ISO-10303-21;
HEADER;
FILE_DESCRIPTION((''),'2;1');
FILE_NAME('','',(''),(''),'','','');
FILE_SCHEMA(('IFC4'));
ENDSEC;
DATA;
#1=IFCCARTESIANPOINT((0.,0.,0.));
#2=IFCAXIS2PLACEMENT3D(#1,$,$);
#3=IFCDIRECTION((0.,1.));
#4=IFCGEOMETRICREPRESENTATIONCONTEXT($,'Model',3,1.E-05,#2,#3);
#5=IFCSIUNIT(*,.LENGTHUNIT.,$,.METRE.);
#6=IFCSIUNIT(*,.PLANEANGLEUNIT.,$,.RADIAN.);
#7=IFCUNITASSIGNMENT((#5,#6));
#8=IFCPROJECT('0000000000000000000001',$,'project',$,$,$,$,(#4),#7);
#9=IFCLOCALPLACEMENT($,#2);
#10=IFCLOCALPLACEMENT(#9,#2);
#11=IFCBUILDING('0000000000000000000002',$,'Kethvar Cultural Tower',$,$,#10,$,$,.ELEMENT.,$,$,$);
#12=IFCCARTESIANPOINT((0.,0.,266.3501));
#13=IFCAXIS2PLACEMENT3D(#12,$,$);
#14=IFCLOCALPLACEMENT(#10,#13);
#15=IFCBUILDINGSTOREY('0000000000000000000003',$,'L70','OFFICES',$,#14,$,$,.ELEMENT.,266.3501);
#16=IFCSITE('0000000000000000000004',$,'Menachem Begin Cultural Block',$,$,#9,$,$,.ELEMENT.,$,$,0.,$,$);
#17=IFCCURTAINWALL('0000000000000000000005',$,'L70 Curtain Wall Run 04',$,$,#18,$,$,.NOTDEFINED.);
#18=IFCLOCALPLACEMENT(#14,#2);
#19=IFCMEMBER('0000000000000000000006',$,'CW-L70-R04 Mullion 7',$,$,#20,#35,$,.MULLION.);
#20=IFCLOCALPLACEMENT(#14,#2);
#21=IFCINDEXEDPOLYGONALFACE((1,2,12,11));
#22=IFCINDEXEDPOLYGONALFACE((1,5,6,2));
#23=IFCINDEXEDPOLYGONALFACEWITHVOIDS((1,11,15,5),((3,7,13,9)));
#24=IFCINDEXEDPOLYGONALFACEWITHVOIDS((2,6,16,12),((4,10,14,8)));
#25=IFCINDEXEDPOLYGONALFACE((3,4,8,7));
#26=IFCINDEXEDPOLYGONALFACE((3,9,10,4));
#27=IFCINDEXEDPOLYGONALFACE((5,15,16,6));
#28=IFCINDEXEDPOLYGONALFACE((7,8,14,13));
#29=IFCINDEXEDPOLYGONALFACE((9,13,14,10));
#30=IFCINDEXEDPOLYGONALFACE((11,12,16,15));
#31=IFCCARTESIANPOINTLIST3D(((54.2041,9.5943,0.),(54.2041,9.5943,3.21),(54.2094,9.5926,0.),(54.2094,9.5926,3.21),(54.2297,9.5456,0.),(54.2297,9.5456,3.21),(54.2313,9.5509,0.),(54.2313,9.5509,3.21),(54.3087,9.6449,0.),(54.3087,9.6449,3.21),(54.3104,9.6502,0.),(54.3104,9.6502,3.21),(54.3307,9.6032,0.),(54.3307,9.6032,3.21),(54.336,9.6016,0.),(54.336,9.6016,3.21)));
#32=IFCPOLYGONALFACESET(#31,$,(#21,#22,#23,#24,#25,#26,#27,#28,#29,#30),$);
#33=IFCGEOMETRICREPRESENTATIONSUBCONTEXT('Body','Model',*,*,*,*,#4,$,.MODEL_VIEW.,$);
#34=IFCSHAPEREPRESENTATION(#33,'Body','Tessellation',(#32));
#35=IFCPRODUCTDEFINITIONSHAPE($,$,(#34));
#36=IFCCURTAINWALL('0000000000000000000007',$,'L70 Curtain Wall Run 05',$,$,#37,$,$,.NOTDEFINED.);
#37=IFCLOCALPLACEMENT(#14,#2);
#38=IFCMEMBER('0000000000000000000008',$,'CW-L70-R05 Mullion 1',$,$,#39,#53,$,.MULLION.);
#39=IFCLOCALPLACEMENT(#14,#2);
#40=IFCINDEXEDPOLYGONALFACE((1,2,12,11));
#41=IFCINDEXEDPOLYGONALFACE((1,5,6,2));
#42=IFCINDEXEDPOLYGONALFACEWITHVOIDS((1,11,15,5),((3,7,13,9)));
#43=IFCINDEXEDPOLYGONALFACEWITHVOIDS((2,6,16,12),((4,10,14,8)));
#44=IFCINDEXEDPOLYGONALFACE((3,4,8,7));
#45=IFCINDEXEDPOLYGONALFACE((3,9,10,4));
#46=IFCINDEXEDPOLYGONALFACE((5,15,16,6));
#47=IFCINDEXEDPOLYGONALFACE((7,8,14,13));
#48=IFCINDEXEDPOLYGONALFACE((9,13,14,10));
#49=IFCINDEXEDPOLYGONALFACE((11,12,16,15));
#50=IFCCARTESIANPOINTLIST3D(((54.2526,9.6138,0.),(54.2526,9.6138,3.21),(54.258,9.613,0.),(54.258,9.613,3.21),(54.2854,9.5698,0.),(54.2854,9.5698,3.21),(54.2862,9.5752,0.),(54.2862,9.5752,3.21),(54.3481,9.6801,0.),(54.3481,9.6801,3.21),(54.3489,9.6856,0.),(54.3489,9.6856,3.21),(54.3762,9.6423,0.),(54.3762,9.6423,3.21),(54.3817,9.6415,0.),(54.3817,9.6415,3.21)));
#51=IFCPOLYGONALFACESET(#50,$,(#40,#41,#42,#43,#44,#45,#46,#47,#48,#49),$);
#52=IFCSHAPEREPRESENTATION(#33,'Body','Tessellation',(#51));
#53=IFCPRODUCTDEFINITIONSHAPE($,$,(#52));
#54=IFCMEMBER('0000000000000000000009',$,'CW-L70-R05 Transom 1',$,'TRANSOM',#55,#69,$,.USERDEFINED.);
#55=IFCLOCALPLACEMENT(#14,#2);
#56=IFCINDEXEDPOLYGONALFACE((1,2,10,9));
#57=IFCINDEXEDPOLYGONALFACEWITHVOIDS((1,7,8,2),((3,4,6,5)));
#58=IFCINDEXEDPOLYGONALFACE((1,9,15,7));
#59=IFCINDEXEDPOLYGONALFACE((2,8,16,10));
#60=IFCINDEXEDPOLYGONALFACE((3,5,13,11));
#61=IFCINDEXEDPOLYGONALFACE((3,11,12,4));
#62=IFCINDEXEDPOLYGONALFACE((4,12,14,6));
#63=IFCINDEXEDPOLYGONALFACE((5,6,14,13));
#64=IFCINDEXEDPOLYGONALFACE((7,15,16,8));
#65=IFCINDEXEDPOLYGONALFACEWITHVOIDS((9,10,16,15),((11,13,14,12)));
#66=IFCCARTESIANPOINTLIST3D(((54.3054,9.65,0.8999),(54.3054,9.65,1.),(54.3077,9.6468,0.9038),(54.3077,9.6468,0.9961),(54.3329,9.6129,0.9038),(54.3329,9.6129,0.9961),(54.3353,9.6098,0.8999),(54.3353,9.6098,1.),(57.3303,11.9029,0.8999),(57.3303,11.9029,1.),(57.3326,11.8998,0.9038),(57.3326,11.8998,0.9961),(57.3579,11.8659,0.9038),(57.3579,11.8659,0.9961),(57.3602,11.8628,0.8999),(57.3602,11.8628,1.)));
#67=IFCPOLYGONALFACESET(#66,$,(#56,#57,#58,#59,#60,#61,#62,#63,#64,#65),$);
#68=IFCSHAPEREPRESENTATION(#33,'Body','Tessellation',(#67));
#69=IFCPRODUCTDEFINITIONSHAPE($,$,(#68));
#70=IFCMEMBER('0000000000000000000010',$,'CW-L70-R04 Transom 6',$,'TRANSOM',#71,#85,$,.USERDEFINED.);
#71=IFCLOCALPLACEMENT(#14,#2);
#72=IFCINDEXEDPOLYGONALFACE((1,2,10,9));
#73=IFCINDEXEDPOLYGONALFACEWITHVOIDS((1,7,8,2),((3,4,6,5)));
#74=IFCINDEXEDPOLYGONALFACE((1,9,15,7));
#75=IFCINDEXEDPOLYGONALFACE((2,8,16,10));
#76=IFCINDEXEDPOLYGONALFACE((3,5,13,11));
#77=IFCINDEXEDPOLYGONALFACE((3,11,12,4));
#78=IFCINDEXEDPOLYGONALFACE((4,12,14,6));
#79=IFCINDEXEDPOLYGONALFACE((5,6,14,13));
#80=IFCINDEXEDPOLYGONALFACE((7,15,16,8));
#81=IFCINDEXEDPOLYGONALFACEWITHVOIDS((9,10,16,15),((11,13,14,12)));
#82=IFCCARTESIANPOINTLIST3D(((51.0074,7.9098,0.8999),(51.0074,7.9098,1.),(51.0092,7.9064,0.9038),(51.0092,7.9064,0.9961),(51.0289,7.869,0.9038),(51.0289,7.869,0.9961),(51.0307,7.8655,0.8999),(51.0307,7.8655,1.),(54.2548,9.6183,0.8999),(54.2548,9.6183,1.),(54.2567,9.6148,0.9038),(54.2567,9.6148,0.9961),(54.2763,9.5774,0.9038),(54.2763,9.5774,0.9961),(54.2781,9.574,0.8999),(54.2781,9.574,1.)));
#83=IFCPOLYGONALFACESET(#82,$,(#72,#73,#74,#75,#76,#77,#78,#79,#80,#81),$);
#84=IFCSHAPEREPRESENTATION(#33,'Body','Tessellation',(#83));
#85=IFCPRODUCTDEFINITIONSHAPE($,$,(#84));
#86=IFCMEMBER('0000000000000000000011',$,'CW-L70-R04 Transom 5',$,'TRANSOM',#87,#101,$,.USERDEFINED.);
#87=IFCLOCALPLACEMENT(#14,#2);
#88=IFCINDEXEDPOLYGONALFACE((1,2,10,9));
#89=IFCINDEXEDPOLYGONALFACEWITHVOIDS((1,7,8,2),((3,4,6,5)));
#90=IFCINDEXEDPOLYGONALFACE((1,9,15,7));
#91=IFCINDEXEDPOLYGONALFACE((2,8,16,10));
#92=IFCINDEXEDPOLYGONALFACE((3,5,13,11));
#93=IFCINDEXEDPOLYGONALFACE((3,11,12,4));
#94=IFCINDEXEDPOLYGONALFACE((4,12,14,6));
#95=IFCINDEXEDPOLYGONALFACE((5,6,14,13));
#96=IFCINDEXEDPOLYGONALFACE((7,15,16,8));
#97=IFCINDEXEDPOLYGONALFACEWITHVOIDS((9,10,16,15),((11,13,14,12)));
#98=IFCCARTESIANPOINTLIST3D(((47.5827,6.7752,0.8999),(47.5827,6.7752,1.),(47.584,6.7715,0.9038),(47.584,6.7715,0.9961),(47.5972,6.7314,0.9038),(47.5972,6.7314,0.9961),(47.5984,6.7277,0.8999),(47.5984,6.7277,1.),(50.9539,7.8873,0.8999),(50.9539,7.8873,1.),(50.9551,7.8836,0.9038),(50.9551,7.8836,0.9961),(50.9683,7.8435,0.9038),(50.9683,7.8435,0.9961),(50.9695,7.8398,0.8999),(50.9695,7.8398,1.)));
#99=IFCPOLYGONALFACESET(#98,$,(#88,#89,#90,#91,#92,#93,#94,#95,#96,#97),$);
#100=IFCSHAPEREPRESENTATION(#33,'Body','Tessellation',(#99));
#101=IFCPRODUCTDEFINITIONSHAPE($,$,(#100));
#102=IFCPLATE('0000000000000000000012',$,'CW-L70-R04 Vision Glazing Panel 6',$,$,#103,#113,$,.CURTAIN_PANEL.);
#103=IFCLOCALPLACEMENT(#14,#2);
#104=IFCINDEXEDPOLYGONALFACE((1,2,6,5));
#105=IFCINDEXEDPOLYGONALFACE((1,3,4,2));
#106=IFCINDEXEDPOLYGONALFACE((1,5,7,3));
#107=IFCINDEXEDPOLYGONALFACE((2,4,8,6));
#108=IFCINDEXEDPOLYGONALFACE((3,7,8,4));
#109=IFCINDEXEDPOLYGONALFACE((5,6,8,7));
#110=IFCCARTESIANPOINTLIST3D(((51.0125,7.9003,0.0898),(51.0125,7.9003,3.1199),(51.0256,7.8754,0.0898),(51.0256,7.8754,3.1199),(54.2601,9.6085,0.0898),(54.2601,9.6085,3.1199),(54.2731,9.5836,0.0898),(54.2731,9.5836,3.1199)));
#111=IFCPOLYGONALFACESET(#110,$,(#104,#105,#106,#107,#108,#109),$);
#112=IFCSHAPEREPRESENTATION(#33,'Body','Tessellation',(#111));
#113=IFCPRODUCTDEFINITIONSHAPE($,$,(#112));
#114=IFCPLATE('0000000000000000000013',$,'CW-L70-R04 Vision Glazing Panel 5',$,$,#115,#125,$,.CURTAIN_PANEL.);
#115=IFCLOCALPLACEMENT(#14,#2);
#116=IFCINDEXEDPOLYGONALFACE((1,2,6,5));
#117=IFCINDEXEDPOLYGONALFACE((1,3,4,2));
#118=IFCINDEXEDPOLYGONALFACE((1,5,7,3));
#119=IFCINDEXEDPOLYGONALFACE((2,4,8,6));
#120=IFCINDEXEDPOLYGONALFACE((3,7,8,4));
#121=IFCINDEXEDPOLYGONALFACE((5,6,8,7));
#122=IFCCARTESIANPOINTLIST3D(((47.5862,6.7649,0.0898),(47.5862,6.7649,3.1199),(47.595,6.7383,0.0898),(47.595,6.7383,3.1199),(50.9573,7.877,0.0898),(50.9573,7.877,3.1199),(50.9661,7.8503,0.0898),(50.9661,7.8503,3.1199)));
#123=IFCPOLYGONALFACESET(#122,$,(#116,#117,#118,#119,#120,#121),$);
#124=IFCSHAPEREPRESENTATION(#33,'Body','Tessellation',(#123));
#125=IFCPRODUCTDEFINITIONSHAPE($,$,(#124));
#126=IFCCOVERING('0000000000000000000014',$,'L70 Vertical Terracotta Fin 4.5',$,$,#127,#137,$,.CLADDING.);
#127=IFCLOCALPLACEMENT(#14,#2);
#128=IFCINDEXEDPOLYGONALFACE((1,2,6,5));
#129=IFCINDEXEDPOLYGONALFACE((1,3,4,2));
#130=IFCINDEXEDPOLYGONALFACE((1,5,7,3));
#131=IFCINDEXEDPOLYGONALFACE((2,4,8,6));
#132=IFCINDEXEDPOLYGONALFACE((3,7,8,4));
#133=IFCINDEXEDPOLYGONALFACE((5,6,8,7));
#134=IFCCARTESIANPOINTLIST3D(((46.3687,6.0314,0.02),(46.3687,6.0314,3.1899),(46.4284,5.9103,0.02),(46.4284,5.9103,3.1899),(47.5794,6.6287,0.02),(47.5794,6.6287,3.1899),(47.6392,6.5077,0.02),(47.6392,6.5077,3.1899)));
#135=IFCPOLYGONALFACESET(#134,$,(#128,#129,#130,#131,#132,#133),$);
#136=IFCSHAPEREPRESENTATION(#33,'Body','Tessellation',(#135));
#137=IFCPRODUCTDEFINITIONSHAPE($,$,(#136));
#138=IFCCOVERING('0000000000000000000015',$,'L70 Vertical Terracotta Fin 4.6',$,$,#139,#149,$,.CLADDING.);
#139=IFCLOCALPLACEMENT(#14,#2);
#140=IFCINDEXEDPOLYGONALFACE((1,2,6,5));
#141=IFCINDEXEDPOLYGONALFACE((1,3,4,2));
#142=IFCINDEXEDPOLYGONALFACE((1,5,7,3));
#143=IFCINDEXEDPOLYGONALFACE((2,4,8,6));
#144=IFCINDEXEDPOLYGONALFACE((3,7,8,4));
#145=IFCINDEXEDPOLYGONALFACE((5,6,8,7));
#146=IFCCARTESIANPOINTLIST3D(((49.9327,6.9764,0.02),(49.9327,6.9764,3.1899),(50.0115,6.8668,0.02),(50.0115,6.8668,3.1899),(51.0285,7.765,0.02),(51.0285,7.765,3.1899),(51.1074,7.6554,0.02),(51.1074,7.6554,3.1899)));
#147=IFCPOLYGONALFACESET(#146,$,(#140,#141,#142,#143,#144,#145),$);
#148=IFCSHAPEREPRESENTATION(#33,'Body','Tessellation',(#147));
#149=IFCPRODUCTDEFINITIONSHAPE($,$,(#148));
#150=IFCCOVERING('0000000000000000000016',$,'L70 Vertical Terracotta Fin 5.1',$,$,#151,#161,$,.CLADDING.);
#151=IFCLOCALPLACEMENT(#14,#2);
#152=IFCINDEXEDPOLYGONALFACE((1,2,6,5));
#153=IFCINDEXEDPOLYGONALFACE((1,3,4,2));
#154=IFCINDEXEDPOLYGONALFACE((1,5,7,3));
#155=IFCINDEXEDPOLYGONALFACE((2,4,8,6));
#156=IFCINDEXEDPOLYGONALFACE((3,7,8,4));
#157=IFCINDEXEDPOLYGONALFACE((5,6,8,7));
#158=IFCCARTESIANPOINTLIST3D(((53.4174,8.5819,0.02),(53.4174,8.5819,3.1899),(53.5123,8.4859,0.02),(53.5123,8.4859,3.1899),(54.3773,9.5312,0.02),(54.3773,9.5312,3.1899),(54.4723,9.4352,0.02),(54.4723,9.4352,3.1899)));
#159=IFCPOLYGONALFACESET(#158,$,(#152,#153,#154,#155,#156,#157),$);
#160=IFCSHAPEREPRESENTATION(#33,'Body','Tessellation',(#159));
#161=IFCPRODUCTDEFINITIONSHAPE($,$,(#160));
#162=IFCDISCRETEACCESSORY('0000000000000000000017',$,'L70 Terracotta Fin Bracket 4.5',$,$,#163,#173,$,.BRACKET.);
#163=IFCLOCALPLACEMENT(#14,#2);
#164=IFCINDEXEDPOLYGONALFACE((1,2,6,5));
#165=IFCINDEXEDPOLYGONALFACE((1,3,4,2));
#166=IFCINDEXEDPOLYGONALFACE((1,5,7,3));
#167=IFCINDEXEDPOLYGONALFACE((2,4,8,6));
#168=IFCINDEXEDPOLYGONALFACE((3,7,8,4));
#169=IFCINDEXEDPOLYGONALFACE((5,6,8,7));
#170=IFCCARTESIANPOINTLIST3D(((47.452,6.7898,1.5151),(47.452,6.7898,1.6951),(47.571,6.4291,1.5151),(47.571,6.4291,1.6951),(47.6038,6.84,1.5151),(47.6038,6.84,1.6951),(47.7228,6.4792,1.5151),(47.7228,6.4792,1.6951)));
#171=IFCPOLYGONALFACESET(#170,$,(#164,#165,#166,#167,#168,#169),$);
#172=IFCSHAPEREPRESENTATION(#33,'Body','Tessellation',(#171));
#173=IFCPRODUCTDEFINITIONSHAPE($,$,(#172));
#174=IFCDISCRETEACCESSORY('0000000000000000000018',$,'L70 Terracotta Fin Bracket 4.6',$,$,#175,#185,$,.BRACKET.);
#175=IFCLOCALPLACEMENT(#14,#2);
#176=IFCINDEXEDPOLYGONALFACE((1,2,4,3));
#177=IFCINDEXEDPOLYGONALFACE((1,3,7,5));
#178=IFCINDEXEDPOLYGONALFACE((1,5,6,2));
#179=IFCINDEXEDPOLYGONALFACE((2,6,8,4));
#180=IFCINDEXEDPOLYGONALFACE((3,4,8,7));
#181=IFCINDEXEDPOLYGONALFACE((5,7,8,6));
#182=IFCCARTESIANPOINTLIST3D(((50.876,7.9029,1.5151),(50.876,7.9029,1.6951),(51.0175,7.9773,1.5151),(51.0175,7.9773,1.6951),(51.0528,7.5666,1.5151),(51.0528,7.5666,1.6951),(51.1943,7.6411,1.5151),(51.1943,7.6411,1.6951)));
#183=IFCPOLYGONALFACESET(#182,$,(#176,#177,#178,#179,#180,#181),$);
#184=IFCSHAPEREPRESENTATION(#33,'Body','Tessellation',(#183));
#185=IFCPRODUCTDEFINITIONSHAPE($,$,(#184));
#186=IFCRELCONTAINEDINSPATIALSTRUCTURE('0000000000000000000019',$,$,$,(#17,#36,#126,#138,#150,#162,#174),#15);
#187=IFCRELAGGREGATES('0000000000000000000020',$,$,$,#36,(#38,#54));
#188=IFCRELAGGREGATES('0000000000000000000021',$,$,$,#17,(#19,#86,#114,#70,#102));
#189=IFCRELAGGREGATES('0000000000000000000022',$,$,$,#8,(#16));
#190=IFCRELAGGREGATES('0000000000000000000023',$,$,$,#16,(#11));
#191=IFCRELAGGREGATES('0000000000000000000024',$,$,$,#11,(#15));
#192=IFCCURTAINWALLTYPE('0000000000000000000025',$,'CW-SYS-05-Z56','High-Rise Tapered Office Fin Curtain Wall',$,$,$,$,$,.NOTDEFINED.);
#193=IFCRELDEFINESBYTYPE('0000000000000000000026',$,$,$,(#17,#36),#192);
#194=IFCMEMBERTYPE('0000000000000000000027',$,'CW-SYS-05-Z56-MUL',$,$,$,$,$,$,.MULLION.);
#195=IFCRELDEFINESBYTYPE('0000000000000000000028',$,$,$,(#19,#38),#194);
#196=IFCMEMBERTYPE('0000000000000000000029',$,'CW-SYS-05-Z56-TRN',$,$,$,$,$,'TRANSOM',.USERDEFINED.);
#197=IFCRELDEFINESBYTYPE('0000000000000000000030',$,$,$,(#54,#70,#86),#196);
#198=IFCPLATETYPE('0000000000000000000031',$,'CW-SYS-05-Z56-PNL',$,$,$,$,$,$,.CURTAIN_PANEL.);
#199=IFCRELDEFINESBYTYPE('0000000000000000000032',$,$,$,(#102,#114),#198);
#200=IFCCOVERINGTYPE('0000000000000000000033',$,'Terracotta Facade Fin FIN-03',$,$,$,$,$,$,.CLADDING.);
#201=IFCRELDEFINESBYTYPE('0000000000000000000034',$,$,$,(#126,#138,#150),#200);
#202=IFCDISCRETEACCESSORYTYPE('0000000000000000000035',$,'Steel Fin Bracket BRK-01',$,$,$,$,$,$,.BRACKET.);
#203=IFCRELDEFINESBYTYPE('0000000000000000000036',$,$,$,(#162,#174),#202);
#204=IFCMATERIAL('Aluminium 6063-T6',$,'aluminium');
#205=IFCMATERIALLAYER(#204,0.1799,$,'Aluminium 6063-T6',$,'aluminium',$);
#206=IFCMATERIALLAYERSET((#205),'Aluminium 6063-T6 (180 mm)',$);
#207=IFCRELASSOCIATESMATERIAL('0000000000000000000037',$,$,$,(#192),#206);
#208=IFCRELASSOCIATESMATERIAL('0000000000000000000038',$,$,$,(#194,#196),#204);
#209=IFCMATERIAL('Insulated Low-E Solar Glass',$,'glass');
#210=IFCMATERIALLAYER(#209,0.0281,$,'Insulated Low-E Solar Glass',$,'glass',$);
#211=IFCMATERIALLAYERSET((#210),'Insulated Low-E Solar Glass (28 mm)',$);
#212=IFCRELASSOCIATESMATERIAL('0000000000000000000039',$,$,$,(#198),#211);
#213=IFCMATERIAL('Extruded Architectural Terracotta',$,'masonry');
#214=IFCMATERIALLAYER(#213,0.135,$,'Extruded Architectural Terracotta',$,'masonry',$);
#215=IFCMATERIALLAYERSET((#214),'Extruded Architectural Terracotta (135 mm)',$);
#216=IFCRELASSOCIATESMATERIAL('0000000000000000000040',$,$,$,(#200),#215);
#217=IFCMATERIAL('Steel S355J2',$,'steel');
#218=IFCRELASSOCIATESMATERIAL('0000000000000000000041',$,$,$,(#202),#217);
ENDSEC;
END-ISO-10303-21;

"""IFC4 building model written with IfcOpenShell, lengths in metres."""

from ifc_helpers import new_model, si_unit, direction, frame, origin, origin_2d, place, context, subcontext, project, spatial, rectangle, hollow_rectangle, extrude, source, transform, mapped, material, layer, layer_set, material_profile, profile_set, type_object, element, aggregate, save


model = new_model("IFC4")

# Units and contexts
model_context = context("Model", 3, precision=1e-05, world=origin(), true_north=direction((0.0, 1.0)))
body_context = subcontext(model_context, "Body", "Model", "MODEL_VIEW")
ifc_project = project(units=[si_unit("LENGTHUNIT", "METRE"), si_unit("PLANEANGLEUNIT", "RADIAN")], contexts=[model_context])

# Site, building, storey
site_placement = place(None, origin())
site = spatial("IfcSite", under=ifc_project, at=site_placement, Name="Menachem Begin Cultural Block", CompositionType="ELEMENT", RefElevation=0.0)
building_placement = place(site_placement, origin())
building = spatial("IfcBuilding", under=site, at=building_placement, Name="Kethvar Cultural Tower", CompositionType="ELEMENT")
storey_placement = place(building_placement, frame((0.0, 0.0, 266.3501)))
storey = spatial("IfcBuildingStorey", under=building, at=storey_placement, Name="L70", Description="OFFICES", CompositionType="ELEMENT", Elevation=266.3501)

# Shared definitions
ifc_material_1 = material(Name="Steel S355J2", Category="steel")

# Curtain walls, members
ifc_material_2 = material(Name="Aluminium 6063-T6", Category="aluminium")
ifc_layer_1 = layer(ifc_material_2, 0.1799, Name="Aluminium 6063-T6", Category="aluminium")
ifc_layer_set_1 = layer_set([ifc_layer_1], Name="Aluminium 6063-T6 (180 mm)")
curtain_wall_type = type_object("IfcCurtainWallType", Name="CW-SYS-05-Z56", Description="High-Rise Tapered Office Fin Curtain Wall", PredefinedType="NOTDEFINED", material=ifc_layer_set_1)
curtain_wall_1_placement = place(storey_placement, origin())
curtain_wall_1 = element("IfcCurtainWall", 1, at=curtain_wall_1_placement, inside=storey, type_object=curtain_wall_type, Name="L70 Curtain Wall Run 04", PredefinedType="NOTDEFINED")
ifc_material_profile_1 = material_profile(ifc_material_2, hollow_rectangle(XDim=0.0549, YDim=0.1201, WallThickness=0.0039, at=origin_2d()), Name="Aluminium 6063-T6 — RHS120x55x4")
ifc_profile_set_1 = profile_set([ifc_material_profile_1], Name="Aluminium 6063-T6 — RHS120x55x4")
member_type_1 = type_object("IfcMemberType", Name="CW-SYS-05-Z56-MUL", PredefinedType="MULLION", material=ifc_profile_set_1)
shared_shape_1 = source(origin(), body_context, "Body", "SweptSolid", [
    extrude(hollow_rectangle(XDim=0.0549, YDim=0.1201, WallThickness=0.0039, at=origin_2d()), origin(), (0.0, 0.0, 1.0), 3.21),
])
member_1_placement = place(storey_placement, frame((54.27, 9.5979, 0.0), z_axis=(0.0, 0.0, 1.0), x_axis=(-0.465522, 0.885036, 0.0)))
member_1 = element("IfcMember", 2, at=member_1_placement, type_object=member_type_1, Name="CW-L70-R04 Mullion 7", PredefinedType="MULLION", context=body_context, shape_type="MappedRepresentation", body=[
    mapped(shared_shape_1, transform((0.0, 0.0, 0.0), scale=1.0)),
])
curtain_wall_2_placement = place(storey_placement, origin())
curtain_wall_2 = element("IfcCurtainWall", 3, at=curtain_wall_2_placement, inside=storey, type_object=curtain_wall_type, Name="L70 Curtain Wall Run 05", PredefinedType="NOTDEFINED")
member_2_placement = place(storey_placement, frame((54.3171, 9.6277, 0.0), z_axis=(0.0, 0.0, 1.0), x_axis=(-0.597331, 0.801995, 0.0)))
member_2 = element("IfcMember", 4, at=member_2_placement, type_object=member_type_1, Name="CW-L70-R05 Mullion 1", PredefinedType="MULLION", context=body_context, shape_type="MappedRepresentation", body=[
    mapped(shared_shape_1, transform((0.0, 0.0, 0.0), scale=1.0)),
])
ifc_material_profile_2 = material_profile(ifc_material_2, hollow_rectangle(XDim=0.05, YDim=0.1001, WallThickness=0.0039, at=origin_2d()), Name="Aluminium 6063-T6 — RHS100x50x4")
ifc_profile_set_2 = profile_set([ifc_material_profile_2], Name="Aluminium 6063-T6 — RHS100x50x4")
member_type_2 = type_object("IfcMemberType", Name="CW-SYS-05-Z56-TRN", ElementType="TRANSOM", PredefinedType="USERDEFINED", material=ifc_profile_set_2)
shared_shape_2 = source(origin(), body_context, "Body", "SweptSolid", [
    extrude(hollow_rectangle(XDim=0.05, YDim=0.1001, WallThickness=0.0039, at=origin_2d()), origin(), (0.0, 0.0, 1.0), 3.7717),
])
member_3_placement = place(storey_placement, frame((54.3203, 9.6299, 0.95), z_axis=(0.802, 0.597325, 0.0), x_axis=(-0.597325, 0.802, 0.0)))
member_3 = element("IfcMember", 5, at=member_3_placement, type_object=member_type_2, Name="CW-L70-R05 Transom 1", ObjectType="TRANSOM", PredefinedType="USERDEFINED", context=body_context, shape_type="MappedRepresentation", body=[
    mapped(shared_shape_2, transform((0.0, 0.0, 0.0), scale=1.0)),
])
aggregate(curtain_wall_2, [member_2, member_3])

# Members
shared_shape_3 = source(origin(), body_context, "Body", "SweptSolid", [
    extrude(hollow_rectangle(XDim=0.05, YDim=0.1001, WallThickness=0.0039, at=origin_2d()), origin(), (0.0, 0.0, 1.0), 3.6694),
])
member_4_placement = place(storey_placement, frame((51.019, 7.8877, 0.95), z_axis=(0.885002, 0.465587, 0.0), x_axis=(-0.465587, 0.885002, 0.0)))
member_4 = element("IfcMember", 6, at=member_4_placement, type_object=member_type_2, Name="CW-L70-R04 Transom 6", ObjectType="TRANSOM", PredefinedType="USERDEFINED", context=body_context, shape_type="MappedRepresentation", body=[
    mapped(shared_shape_3, transform((0.0, 0.0, 0.0), scale=1.0)),
])
shared_shape_4 = source(origin(), body_context, "Body", "SweptSolid", [
    extrude(hollow_rectangle(XDim=0.05, YDim=0.1001, WallThickness=0.0039, at=origin_2d()), origin(), (0.0, 0.0, 1.0), 3.5498),
])
member_5_placement = place(storey_placement, frame((47.5906, 6.7515, 0.95), z_axis=(0.949662, 0.313276, 0.0), x_axis=(-0.313276, 0.949662, 0.0)))
member_5 = element("IfcMember", 7, at=member_5_placement, type_object=member_type_2, Name="CW-L70-R04 Transom 5", ObjectType="TRANSOM", PredefinedType="USERDEFINED", context=body_context, shape_type="MappedRepresentation", body=[
    mapped(shared_shape_4, transform((0.0, 0.0, 0.0), scale=1.0)),
])

# Plates
ifc_material_3 = material(Name="Insulated Low-E Solar Glass", Category="glass")
ifc_layer_2 = layer(ifc_material_3, 0.0281, Name="Insulated Low-E Solar Glass", Category="glass")
ifc_layer_set_2 = layer_set([ifc_layer_2], Name="Insulated Low-E Solar Glass (28 mm)")
plate_type = type_object("IfcPlateType", Name="CW-SYS-05-Z56-PNL", PredefinedType="CURTAIN_PANEL", material=ifc_layer_set_2)
shared_shape_5 = source(origin(), body_context, "Body", "SweptSolid", [
    extrude(rectangle(XDim=3.6694, YDim=0.0281, at=origin_2d()), origin(), (0.0, 0.0, 1.0), 3.03),
])
plate_1_placement = place(storey_placement, frame((52.6428, 8.7419, 0.0898), z_axis=(0.0, 0.0, 1.0), x_axis=(0.885036, 0.465522, 0.0)))
plate_1 = element("IfcPlate", 8, at=plate_1_placement, type_object=plate_type, Name="CW-L70-R04 Vision Glazing Panel 6", PredefinedType="CURTAIN_PANEL", context=body_context, shape_type="MappedRepresentation", body=[
    mapped(shared_shape_5, transform((0.0, 0.0, 0.0), scale=1.0)),
])
shared_shape_6 = source(origin(), body_context, "Body", "SweptSolid", [
    extrude(rectangle(XDim=3.5498, YDim=0.0281, at=origin_2d()), origin(), (0.0, 0.0, 1.0), 3.03),
])
plate_2_placement = place(storey_placement, frame((49.2761, 7.3076, 0.0898), z_axis=(0.0, 0.0, 1.0), x_axis=(0.949666, 0.313263, 0.0)))
plate_2 = element("IfcPlate", 9, at=plate_2_placement, type_object=plate_type, Name="CW-L70-R04 Vision Glazing Panel 5", PredefinedType="CURTAIN_PANEL", context=body_context, shape_type="MappedRepresentation", body=[
    mapped(shared_shape_6, transform((0.0, 0.0, 0.0), scale=1.0)),
])
aggregate(curtain_wall_1, [member_1, member_5, plate_2, member_4, plate_1])

# Coverings
ifc_material_4 = material(Name="Extruded Architectural Terracotta", Category="masonry")
ifc_layer_3 = layer(ifc_material_4, 0.135, Name="Extruded Architectural Terracotta", Category="masonry")
ifc_layer_set_3 = layer_set([ifc_layer_3], Name="Extruded Architectural Terracotta (135 mm)")
covering_type = type_object("IfcCoveringType", Name="Terracotta Facade Fin FIN-03", PredefinedType="CLADDING", material=ifc_layer_set_3)
shared_shape_7 = source(origin(), body_context, "Body", "SweptSolid", [
    extrude(rectangle(XDim=1.3501, YDim=0.135, at=origin_2d()), origin(), (0.0, 0.0, 1.0), 3.1699),
])
for number, where, z_axis, x_axis, name in (
    (10, (47.0039, 6.2695, 0.02), (0.0, 0.0, 1.0), (-0.896796, -0.442445, 0.0), "L70 Vertical Terracotta Fin 4.5"),
    (11, (50.52, 7.3159, 0.02), (0.0, 0.0, 1.0), (-0.811676, -0.584108, 0.0), "L70 Vertical Terracotta Fin 4.6"),
    (12, (53.9448, 9.0085, 0.02), (0.0, 0.0, 1.0), (-0.711045, -0.703147, 0.0), "L70 Vertical Terracotta Fin 5.1"),
):
    element("IfcCovering", number, at=place(storey_placement, frame(where, z_axis=z_axis, x_axis=x_axis)), inside=storey, type_object=covering_type, Name=name, PredefinedType="CLADDING", context=body_context, shape_type="MappedRepresentation", body=[
        mapped(shared_shape_7, transform((0.0, 0.0, 0.0), scale=1.0)),
    ])

# Discrete accessories
discrete_accessory_type = type_object("IfcDiscreteAccessoryType", Name="Steel Fin Bracket BRK-01", PredefinedType="BRACKET", material=ifc_material_1)
shared_shape_8 = source(origin(), body_context, "Body", "SweptSolid", [
    extrude(rectangle(XDim=0.3799, YDim=0.1599, at=origin_2d()), origin(), (0.0, 0.0, 1.0), 0.1799),
])
for number, where, z_axis, x_axis, name in (
    (13, (47.5874, 6.6345, 1.5151), (0.0, 0.0, 1.0), (0.31333, -0.949644, 0.0), "L70 Terracotta Fin Bracket 4.5"),
    (14, (51.0352, 7.772, 1.5151), (0.0, 0.0, 1.0), (0.46546, -0.885069, 0.0), "L70 Terracotta Fin Bracket 4.6"),
):
    element("IfcDiscreteAccessory", number, at=place(storey_placement, frame(where, z_axis=z_axis, x_axis=x_axis)), inside=storey, type_object=discrete_accessory_type, Name=name, PredefinedType="BRACKET", context=body_context, shape_type="MappedRepresentation", body=[
        mapped(shared_shape_8, transform((0.0, 0.0, 0.0), scale=1.0)),
    ])

save(model, "model.ifc")
